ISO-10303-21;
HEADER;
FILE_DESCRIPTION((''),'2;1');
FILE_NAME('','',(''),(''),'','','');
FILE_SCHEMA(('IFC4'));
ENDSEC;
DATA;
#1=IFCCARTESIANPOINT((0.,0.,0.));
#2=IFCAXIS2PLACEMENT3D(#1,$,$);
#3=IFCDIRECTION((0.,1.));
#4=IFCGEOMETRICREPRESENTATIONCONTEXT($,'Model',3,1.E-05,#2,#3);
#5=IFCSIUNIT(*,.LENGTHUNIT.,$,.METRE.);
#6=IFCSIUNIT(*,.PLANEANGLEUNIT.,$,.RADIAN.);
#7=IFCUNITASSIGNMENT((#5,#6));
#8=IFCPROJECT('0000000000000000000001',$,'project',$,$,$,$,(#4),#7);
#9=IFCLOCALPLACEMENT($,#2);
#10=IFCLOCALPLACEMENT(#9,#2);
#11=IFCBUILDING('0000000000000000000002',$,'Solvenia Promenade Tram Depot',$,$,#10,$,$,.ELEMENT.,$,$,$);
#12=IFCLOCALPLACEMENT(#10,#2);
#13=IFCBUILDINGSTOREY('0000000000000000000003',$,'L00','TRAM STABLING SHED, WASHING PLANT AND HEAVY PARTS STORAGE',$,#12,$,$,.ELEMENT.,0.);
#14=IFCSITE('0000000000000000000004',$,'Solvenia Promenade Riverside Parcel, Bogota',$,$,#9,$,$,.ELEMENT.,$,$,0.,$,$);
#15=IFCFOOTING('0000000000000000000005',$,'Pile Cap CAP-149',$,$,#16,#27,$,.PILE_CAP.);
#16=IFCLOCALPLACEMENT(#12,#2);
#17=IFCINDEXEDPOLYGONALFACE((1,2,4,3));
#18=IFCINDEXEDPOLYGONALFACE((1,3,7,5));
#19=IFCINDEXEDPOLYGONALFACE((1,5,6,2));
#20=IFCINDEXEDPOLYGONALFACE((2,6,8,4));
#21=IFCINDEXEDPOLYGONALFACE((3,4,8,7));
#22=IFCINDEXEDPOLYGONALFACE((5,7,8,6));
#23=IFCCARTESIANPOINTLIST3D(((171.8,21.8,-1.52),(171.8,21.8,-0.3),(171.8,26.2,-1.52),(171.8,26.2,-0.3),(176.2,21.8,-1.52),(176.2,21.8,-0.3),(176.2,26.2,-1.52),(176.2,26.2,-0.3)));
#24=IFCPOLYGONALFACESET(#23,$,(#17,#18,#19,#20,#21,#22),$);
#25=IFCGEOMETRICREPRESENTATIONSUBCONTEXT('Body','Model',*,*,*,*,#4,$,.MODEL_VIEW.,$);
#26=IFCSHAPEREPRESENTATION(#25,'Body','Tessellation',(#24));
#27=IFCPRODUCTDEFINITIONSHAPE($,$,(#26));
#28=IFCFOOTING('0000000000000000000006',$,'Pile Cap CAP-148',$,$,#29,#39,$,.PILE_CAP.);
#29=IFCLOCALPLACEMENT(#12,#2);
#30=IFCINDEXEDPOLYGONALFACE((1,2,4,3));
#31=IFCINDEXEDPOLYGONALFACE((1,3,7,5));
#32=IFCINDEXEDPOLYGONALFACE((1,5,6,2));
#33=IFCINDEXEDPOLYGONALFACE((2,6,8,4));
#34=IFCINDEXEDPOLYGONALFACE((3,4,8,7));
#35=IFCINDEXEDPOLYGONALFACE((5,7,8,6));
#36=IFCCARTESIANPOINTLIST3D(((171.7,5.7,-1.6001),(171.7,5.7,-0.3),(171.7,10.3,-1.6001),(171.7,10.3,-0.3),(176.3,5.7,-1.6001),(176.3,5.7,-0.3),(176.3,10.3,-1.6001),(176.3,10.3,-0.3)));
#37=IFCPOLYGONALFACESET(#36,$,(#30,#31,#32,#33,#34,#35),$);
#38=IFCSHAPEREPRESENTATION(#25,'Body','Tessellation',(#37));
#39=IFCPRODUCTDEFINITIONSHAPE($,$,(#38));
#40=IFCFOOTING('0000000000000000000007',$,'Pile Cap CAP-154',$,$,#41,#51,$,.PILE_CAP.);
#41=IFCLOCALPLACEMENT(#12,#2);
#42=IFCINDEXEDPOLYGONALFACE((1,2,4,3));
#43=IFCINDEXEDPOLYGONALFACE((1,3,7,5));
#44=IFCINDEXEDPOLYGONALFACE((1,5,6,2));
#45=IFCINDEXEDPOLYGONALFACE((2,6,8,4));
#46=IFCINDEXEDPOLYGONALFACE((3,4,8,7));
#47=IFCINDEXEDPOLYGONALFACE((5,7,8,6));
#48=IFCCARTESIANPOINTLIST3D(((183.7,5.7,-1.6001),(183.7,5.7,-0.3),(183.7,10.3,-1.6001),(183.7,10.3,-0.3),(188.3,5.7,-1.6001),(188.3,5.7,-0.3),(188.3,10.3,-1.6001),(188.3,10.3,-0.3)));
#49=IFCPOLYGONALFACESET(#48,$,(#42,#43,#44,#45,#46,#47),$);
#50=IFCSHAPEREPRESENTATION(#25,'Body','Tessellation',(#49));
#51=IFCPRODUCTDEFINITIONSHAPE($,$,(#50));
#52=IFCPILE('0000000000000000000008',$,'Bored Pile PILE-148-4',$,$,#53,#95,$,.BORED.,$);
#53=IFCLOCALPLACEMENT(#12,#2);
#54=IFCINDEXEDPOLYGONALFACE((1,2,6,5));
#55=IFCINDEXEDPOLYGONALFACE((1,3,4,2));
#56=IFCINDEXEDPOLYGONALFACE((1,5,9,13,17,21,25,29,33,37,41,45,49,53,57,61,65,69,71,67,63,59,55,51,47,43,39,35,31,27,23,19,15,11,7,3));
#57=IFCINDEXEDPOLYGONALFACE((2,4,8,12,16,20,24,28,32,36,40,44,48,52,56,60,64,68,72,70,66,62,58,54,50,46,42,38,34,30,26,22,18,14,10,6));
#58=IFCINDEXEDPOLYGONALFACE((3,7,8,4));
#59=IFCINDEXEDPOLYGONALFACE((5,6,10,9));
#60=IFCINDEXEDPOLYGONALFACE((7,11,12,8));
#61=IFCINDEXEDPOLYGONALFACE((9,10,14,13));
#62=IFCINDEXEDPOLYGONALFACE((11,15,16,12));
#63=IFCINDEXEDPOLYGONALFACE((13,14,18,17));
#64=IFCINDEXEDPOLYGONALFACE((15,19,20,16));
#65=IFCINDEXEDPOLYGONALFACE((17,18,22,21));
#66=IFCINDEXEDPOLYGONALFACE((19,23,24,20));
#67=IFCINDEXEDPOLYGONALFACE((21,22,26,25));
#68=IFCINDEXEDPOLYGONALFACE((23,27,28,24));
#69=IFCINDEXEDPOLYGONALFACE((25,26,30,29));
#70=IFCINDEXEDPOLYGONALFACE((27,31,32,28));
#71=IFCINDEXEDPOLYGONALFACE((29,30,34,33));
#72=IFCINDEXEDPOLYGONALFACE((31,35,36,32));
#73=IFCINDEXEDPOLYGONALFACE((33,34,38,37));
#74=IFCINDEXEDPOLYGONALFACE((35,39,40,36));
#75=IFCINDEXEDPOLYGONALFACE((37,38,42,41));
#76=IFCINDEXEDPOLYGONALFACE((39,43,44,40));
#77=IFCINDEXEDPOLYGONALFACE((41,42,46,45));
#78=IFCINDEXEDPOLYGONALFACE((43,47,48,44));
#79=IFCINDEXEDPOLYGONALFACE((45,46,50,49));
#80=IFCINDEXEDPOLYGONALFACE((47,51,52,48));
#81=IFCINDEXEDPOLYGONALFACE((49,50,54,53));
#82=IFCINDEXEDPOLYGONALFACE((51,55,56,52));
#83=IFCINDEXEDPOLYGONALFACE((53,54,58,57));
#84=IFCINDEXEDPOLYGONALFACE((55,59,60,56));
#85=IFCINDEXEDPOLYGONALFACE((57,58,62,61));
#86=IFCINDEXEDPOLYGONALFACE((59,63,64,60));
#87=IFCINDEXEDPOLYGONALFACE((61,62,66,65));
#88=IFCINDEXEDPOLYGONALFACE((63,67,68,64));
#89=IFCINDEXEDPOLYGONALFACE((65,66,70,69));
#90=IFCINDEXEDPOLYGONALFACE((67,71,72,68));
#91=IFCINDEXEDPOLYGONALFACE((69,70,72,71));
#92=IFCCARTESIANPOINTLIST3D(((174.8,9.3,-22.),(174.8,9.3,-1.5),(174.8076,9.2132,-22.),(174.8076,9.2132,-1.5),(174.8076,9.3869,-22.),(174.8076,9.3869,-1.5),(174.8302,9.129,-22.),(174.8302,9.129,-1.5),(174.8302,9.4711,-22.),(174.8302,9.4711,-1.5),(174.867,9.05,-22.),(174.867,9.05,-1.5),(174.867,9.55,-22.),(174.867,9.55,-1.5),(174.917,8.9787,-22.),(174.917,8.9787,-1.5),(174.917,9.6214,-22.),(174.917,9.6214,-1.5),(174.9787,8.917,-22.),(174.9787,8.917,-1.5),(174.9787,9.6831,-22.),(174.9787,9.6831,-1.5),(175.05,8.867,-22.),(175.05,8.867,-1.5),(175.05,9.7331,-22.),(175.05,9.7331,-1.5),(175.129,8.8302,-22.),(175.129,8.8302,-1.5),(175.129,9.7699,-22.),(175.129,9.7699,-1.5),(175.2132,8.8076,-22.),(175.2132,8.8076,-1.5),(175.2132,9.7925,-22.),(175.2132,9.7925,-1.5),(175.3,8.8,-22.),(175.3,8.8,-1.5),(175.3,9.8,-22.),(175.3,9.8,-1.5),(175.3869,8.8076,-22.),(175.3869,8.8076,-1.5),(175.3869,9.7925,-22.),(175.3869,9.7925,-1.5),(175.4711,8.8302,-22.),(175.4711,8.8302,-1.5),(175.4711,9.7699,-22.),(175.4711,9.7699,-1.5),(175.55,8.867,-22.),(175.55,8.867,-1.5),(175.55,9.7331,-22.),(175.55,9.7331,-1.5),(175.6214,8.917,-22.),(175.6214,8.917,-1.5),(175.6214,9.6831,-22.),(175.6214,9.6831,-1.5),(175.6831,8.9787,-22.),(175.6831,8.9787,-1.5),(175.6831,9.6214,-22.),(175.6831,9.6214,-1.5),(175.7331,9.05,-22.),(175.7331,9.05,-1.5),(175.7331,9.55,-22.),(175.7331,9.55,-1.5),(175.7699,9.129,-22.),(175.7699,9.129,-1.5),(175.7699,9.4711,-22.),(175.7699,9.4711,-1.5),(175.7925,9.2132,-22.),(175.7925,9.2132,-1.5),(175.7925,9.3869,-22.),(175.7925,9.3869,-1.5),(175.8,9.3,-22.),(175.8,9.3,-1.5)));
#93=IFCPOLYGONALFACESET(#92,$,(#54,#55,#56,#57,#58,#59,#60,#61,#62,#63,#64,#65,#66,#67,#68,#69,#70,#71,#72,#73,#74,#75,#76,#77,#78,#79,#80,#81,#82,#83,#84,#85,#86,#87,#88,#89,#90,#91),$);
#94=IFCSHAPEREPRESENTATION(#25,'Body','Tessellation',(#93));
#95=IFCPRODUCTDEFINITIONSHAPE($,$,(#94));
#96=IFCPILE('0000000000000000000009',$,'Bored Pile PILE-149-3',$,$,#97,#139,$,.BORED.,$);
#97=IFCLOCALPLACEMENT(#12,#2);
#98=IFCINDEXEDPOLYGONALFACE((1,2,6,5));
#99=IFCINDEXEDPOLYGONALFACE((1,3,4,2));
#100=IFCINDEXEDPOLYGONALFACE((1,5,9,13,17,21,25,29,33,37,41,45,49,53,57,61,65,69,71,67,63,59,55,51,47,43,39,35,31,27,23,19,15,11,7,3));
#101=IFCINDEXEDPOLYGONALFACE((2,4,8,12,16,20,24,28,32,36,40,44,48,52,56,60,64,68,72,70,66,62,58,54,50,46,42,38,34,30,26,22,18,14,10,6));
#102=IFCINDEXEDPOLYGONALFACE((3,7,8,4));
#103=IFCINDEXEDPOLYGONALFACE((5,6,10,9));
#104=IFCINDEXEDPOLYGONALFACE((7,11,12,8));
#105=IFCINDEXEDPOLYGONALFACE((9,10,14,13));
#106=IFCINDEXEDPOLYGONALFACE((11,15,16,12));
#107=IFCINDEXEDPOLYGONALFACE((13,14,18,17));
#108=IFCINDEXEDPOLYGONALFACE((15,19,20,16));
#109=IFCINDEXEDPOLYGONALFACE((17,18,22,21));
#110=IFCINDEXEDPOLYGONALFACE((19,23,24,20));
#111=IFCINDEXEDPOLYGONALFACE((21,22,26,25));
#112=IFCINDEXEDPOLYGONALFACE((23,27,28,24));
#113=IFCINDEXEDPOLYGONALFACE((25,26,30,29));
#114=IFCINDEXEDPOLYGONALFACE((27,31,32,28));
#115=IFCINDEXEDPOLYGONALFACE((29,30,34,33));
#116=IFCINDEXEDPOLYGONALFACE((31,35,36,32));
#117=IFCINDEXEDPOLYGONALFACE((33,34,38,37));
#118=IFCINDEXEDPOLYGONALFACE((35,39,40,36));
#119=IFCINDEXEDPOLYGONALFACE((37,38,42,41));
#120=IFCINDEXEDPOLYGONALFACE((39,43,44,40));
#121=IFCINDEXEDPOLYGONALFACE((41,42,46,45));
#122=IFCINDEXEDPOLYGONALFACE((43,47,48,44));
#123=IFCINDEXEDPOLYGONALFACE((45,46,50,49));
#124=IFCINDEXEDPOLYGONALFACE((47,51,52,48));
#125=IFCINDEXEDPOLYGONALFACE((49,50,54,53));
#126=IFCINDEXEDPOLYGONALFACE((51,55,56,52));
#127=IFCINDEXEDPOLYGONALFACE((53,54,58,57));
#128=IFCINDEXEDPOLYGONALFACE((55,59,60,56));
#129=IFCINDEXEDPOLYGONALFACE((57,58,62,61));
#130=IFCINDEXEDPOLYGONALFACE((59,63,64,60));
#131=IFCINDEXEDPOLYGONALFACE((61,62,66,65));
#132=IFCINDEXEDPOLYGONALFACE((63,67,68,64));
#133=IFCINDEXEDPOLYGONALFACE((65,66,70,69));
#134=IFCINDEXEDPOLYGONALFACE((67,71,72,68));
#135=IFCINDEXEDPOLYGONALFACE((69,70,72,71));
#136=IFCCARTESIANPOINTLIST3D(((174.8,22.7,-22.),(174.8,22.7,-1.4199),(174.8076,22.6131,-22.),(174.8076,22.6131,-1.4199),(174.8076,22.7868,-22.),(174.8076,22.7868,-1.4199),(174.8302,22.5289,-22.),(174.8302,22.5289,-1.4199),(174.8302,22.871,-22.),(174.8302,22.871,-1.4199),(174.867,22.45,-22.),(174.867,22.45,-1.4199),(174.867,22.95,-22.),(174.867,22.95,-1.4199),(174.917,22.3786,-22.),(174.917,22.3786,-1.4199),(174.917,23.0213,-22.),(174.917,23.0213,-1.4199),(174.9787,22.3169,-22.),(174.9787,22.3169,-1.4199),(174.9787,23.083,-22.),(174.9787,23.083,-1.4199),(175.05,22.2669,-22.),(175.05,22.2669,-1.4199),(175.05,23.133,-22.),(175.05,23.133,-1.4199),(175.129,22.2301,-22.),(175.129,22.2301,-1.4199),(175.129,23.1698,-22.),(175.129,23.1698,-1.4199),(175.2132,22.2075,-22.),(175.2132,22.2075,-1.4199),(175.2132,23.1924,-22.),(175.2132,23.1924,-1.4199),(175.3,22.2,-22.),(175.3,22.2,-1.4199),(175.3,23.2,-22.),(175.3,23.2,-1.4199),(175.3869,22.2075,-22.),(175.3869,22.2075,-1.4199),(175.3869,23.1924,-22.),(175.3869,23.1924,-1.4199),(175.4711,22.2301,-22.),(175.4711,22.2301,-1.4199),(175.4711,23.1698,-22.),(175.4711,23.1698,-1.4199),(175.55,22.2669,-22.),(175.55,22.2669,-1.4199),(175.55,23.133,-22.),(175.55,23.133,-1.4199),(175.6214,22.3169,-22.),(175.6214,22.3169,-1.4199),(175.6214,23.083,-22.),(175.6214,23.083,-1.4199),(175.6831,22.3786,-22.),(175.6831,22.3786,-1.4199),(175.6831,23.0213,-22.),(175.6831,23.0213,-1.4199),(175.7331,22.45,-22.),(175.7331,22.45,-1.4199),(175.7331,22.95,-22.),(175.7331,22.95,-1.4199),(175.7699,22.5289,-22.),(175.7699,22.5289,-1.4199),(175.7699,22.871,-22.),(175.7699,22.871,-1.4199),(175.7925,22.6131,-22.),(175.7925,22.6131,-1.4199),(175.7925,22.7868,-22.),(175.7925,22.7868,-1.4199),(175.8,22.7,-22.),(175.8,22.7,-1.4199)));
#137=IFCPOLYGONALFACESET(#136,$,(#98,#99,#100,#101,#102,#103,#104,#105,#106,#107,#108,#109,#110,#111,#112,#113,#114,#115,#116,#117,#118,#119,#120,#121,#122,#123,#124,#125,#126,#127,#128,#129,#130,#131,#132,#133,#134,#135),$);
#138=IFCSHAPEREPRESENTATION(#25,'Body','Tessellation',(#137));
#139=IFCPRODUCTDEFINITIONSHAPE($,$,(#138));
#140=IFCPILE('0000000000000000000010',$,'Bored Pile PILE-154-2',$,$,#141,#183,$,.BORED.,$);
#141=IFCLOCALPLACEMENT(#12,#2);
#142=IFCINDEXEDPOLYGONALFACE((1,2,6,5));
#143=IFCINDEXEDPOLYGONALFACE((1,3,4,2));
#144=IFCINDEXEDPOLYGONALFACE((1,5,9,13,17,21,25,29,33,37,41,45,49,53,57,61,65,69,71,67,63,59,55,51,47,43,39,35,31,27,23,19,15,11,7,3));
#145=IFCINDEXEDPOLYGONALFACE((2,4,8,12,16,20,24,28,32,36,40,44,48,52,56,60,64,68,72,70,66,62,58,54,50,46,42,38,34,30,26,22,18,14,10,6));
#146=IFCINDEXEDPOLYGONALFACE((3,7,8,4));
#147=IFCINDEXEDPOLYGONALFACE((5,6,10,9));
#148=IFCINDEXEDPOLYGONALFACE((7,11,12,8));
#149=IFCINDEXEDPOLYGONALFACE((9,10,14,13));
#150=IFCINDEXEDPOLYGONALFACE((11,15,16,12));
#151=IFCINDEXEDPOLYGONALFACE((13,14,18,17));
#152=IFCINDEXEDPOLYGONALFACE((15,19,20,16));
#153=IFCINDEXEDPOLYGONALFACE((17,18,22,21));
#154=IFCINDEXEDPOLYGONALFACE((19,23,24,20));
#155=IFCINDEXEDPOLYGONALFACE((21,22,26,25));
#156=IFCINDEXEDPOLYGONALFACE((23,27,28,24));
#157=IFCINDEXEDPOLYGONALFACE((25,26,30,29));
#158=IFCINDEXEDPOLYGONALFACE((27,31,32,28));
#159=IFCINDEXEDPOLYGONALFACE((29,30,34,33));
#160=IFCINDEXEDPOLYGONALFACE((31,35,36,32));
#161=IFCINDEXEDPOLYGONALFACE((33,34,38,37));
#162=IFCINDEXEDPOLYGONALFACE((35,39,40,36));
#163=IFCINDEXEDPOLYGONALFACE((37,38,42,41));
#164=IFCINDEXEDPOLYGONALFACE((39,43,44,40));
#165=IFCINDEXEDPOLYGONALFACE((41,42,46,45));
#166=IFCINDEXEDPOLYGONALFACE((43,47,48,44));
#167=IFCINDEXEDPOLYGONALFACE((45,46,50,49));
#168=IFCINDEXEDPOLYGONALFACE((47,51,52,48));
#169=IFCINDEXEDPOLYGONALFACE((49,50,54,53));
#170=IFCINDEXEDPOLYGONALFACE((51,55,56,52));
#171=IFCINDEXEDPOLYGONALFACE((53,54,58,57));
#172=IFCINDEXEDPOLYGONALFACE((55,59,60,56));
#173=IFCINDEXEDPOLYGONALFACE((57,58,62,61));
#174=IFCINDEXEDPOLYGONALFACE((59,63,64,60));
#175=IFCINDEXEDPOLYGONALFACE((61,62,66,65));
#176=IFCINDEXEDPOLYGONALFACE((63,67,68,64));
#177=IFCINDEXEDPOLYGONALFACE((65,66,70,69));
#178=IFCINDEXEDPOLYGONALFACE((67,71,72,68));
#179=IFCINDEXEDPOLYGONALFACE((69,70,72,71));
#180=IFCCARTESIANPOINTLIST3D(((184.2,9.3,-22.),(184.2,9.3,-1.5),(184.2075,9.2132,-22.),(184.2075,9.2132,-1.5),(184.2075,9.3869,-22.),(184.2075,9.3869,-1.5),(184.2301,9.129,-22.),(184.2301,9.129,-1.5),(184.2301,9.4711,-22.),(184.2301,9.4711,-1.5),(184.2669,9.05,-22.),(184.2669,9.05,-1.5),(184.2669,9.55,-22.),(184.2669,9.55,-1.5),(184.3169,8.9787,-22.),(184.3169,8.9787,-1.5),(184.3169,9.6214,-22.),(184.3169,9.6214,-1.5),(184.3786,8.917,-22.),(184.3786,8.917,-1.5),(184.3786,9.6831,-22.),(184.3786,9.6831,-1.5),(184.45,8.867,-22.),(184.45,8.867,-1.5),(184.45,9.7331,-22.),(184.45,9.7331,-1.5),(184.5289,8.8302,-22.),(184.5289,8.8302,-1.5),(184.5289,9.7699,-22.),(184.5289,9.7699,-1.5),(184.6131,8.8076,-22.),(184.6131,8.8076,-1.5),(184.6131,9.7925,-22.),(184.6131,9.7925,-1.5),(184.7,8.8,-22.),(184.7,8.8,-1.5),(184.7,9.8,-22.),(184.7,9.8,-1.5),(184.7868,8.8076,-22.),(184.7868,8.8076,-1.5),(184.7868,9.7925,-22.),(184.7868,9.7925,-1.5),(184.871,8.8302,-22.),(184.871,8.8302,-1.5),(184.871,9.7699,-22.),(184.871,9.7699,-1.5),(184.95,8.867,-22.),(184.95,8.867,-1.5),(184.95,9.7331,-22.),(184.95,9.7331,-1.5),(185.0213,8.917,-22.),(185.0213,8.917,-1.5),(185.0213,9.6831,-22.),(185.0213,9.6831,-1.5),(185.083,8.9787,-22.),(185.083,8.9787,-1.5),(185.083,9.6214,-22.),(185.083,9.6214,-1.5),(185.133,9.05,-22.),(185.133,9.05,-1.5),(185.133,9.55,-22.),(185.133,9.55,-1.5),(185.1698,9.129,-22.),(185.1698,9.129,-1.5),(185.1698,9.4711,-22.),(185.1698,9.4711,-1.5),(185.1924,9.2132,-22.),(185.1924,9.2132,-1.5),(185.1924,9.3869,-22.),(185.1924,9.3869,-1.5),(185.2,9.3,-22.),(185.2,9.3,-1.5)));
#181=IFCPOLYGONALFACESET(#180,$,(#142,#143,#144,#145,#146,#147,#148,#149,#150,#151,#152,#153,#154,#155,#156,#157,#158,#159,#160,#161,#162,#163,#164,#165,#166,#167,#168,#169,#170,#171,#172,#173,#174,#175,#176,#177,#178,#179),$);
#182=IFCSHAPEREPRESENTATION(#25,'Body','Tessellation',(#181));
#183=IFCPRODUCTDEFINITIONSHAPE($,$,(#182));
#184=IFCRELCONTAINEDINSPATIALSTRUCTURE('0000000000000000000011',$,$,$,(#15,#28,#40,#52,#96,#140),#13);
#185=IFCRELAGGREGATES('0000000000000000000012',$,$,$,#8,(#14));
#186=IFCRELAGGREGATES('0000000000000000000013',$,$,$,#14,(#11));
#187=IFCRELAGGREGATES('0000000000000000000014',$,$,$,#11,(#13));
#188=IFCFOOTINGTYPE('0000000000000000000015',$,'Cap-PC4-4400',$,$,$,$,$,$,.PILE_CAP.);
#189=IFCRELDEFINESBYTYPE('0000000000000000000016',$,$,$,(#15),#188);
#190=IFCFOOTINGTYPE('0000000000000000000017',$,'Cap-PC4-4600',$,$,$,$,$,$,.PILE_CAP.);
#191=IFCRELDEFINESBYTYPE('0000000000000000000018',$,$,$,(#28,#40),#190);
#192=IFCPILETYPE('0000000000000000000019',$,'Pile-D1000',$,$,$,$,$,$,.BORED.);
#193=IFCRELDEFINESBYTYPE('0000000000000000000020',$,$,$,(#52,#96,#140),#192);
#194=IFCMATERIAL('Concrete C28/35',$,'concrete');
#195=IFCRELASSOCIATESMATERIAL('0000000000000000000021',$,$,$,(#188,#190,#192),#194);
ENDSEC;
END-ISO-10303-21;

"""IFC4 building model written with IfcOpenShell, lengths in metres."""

from ifc_helpers import new_model, si_unit, direction, frame, origin, origin_2d, place, context, subcontext, project, spatial, rectangle, circle, extrude, material, material_profile, profile_set, type_object, element, save


model = new_model("IFC4")

# Units and contexts
model_context = context("Model", 3, precision=1e-05, world=origin(), true_north=direction((0.0, 1.0)))
body_context = subcontext(model_context, "Body", "Model", "MODEL_VIEW")
ifc_project = project(units=[si_unit("LENGTHUNIT", "METRE"), si_unit("PLANEANGLEUNIT", "RADIAN")], contexts=[model_context])

# Site, building, storey
site_placement = place(None, origin())
site = spatial("IfcSite", under=ifc_project, at=site_placement, Name="Solvenia Promenade Riverside Parcel, Bogota", CompositionType="ELEMENT", RefElevation=0.0)
building_placement = place(site_placement, origin())
building = spatial("IfcBuilding", under=site, at=building_placement, Name="Solvenia Promenade Tram Depot", CompositionType="ELEMENT")
storey_placement = place(building_placement, origin())
storey = spatial("IfcBuildingStorey", under=building, at=storey_placement, Name="L00", Description="TRAM STABLING SHED, WASHING PLANT AND HEAVY PARTS STORAGE", CompositionType="ELEMENT", Elevation=0.0)

# Footings
ifc_material_1 = material(Name="Concrete C28/35", Category="concrete")
footing_type_1 = type_object("IfcFootingType", Name="Cap-PC4-4400", PredefinedType="PILE_CAP", material=ifc_material_1)
footing_1_placement = place(storey_placement, frame((174.0, 24.0, -1.52), z_axis=(0.0, 0.0, 1.0), x_axis=(1.0, 0.0, 0.0)))
element("IfcFooting", 1, at=footing_1_placement, inside=storey, type_object=footing_type_1, Name="Pile Cap CAP-149", PredefinedType="PILE_CAP", context=body_context, shape_type="SweptSolid", body=[
    extrude(rectangle(XDim=4.3999, YDim=4.3999, at=origin_2d()), origin(), (0.0, 0.0, 1.0), 1.22),
])
footing_type_2 = type_object("IfcFootingType", Name="Cap-PC4-4600", PredefinedType="PILE_CAP", material=ifc_material_1)
for number, where, z_axis, x_axis, name in (
    (2, (174.0, 8.0, -1.6001), (0.0, 0.0, 1.0), (1.0, 0.0, 0.0), "Pile Cap CAP-148"),
    (3, (186.0, 8.0, -1.6001), (0.0, 0.0, 1.0), (1.0, 0.0, 0.0), "Pile Cap CAP-154"),
):
    element("IfcFooting", number, at=place(storey_placement, frame(where, z_axis=z_axis, x_axis=x_axis)), inside=storey, type_object=footing_type_2, Name=name, PredefinedType="PILE_CAP", context=body_context, shape_type="SweptSolid", body=[
        extrude(rectangle(XDim=4.6001, YDim=4.6001, at=origin_2d()), origin(), (0.0, 0.0, 1.0), 1.3),
    ])

# Piles
ifc_material_profile_1 = material_profile(ifc_material_1, circle(Radius=0.5, at=origin_2d()), Name="D1000", Category="concrete")
ifc_profile_set_1 = profile_set([ifc_material_profile_1], Name="Concrete C28/35")
pile_type = type_object("IfcPileType", Name="Pile-D1000", PredefinedType="BORED", material=ifc_profile_set_1)
pile_1_placement = place(storey_placement, frame((175.3, 9.3, -1.5), z_axis=(0.0, 0.0, -1.0), x_axis=(1.0, 0.0, 0.0)))
element("IfcPile", 4, at=pile_1_placement, inside=storey, type_object=pile_type, Name="Bored Pile PILE-148-4", PredefinedType="BORED", context=body_context, shape_type="SweptSolid", body=[
    extrude(circle(Radius=0.5, at=origin_2d()), origin(), (0.0, 0.0, 1.0), 20.5),
])
pile_2_placement = place(storey_placement, frame((175.3, 22.7, -1.4199), z_axis=(0.0, 0.0, -1.0), x_axis=(1.0, 0.0, 0.0)))
element("IfcPile", 5, at=pile_2_placement, inside=storey, type_object=pile_type, Name="Bored Pile PILE-149-3", PredefinedType="BORED", context=body_context, shape_type="SweptSolid", body=[
    extrude(circle(Radius=0.5, at=origin_2d()), origin(), (0.0, 0.0, 1.0), 20.5801),
])
for number, where, z_axis, x_axis, name in (
    (6, (184.7, 9.3, -1.5), (0.0, 0.0, -1.0), (1.0, 0.0, 0.0), "Bored Pile PILE-154-2"),
):
    element("IfcPile", number, at=place(storey_placement, frame(where, z_axis=z_axis, x_axis=x_axis)), inside=storey, type_object=pile_type, Name=name, PredefinedType="BORED", context=body_context, shape_type="SweptSolid", body=[
        extrude(circle(Radius=0.5, at=origin_2d()), origin(), (0.0, 0.0, 1.0), 20.5),
    ])

save(model, "model.ifc")
